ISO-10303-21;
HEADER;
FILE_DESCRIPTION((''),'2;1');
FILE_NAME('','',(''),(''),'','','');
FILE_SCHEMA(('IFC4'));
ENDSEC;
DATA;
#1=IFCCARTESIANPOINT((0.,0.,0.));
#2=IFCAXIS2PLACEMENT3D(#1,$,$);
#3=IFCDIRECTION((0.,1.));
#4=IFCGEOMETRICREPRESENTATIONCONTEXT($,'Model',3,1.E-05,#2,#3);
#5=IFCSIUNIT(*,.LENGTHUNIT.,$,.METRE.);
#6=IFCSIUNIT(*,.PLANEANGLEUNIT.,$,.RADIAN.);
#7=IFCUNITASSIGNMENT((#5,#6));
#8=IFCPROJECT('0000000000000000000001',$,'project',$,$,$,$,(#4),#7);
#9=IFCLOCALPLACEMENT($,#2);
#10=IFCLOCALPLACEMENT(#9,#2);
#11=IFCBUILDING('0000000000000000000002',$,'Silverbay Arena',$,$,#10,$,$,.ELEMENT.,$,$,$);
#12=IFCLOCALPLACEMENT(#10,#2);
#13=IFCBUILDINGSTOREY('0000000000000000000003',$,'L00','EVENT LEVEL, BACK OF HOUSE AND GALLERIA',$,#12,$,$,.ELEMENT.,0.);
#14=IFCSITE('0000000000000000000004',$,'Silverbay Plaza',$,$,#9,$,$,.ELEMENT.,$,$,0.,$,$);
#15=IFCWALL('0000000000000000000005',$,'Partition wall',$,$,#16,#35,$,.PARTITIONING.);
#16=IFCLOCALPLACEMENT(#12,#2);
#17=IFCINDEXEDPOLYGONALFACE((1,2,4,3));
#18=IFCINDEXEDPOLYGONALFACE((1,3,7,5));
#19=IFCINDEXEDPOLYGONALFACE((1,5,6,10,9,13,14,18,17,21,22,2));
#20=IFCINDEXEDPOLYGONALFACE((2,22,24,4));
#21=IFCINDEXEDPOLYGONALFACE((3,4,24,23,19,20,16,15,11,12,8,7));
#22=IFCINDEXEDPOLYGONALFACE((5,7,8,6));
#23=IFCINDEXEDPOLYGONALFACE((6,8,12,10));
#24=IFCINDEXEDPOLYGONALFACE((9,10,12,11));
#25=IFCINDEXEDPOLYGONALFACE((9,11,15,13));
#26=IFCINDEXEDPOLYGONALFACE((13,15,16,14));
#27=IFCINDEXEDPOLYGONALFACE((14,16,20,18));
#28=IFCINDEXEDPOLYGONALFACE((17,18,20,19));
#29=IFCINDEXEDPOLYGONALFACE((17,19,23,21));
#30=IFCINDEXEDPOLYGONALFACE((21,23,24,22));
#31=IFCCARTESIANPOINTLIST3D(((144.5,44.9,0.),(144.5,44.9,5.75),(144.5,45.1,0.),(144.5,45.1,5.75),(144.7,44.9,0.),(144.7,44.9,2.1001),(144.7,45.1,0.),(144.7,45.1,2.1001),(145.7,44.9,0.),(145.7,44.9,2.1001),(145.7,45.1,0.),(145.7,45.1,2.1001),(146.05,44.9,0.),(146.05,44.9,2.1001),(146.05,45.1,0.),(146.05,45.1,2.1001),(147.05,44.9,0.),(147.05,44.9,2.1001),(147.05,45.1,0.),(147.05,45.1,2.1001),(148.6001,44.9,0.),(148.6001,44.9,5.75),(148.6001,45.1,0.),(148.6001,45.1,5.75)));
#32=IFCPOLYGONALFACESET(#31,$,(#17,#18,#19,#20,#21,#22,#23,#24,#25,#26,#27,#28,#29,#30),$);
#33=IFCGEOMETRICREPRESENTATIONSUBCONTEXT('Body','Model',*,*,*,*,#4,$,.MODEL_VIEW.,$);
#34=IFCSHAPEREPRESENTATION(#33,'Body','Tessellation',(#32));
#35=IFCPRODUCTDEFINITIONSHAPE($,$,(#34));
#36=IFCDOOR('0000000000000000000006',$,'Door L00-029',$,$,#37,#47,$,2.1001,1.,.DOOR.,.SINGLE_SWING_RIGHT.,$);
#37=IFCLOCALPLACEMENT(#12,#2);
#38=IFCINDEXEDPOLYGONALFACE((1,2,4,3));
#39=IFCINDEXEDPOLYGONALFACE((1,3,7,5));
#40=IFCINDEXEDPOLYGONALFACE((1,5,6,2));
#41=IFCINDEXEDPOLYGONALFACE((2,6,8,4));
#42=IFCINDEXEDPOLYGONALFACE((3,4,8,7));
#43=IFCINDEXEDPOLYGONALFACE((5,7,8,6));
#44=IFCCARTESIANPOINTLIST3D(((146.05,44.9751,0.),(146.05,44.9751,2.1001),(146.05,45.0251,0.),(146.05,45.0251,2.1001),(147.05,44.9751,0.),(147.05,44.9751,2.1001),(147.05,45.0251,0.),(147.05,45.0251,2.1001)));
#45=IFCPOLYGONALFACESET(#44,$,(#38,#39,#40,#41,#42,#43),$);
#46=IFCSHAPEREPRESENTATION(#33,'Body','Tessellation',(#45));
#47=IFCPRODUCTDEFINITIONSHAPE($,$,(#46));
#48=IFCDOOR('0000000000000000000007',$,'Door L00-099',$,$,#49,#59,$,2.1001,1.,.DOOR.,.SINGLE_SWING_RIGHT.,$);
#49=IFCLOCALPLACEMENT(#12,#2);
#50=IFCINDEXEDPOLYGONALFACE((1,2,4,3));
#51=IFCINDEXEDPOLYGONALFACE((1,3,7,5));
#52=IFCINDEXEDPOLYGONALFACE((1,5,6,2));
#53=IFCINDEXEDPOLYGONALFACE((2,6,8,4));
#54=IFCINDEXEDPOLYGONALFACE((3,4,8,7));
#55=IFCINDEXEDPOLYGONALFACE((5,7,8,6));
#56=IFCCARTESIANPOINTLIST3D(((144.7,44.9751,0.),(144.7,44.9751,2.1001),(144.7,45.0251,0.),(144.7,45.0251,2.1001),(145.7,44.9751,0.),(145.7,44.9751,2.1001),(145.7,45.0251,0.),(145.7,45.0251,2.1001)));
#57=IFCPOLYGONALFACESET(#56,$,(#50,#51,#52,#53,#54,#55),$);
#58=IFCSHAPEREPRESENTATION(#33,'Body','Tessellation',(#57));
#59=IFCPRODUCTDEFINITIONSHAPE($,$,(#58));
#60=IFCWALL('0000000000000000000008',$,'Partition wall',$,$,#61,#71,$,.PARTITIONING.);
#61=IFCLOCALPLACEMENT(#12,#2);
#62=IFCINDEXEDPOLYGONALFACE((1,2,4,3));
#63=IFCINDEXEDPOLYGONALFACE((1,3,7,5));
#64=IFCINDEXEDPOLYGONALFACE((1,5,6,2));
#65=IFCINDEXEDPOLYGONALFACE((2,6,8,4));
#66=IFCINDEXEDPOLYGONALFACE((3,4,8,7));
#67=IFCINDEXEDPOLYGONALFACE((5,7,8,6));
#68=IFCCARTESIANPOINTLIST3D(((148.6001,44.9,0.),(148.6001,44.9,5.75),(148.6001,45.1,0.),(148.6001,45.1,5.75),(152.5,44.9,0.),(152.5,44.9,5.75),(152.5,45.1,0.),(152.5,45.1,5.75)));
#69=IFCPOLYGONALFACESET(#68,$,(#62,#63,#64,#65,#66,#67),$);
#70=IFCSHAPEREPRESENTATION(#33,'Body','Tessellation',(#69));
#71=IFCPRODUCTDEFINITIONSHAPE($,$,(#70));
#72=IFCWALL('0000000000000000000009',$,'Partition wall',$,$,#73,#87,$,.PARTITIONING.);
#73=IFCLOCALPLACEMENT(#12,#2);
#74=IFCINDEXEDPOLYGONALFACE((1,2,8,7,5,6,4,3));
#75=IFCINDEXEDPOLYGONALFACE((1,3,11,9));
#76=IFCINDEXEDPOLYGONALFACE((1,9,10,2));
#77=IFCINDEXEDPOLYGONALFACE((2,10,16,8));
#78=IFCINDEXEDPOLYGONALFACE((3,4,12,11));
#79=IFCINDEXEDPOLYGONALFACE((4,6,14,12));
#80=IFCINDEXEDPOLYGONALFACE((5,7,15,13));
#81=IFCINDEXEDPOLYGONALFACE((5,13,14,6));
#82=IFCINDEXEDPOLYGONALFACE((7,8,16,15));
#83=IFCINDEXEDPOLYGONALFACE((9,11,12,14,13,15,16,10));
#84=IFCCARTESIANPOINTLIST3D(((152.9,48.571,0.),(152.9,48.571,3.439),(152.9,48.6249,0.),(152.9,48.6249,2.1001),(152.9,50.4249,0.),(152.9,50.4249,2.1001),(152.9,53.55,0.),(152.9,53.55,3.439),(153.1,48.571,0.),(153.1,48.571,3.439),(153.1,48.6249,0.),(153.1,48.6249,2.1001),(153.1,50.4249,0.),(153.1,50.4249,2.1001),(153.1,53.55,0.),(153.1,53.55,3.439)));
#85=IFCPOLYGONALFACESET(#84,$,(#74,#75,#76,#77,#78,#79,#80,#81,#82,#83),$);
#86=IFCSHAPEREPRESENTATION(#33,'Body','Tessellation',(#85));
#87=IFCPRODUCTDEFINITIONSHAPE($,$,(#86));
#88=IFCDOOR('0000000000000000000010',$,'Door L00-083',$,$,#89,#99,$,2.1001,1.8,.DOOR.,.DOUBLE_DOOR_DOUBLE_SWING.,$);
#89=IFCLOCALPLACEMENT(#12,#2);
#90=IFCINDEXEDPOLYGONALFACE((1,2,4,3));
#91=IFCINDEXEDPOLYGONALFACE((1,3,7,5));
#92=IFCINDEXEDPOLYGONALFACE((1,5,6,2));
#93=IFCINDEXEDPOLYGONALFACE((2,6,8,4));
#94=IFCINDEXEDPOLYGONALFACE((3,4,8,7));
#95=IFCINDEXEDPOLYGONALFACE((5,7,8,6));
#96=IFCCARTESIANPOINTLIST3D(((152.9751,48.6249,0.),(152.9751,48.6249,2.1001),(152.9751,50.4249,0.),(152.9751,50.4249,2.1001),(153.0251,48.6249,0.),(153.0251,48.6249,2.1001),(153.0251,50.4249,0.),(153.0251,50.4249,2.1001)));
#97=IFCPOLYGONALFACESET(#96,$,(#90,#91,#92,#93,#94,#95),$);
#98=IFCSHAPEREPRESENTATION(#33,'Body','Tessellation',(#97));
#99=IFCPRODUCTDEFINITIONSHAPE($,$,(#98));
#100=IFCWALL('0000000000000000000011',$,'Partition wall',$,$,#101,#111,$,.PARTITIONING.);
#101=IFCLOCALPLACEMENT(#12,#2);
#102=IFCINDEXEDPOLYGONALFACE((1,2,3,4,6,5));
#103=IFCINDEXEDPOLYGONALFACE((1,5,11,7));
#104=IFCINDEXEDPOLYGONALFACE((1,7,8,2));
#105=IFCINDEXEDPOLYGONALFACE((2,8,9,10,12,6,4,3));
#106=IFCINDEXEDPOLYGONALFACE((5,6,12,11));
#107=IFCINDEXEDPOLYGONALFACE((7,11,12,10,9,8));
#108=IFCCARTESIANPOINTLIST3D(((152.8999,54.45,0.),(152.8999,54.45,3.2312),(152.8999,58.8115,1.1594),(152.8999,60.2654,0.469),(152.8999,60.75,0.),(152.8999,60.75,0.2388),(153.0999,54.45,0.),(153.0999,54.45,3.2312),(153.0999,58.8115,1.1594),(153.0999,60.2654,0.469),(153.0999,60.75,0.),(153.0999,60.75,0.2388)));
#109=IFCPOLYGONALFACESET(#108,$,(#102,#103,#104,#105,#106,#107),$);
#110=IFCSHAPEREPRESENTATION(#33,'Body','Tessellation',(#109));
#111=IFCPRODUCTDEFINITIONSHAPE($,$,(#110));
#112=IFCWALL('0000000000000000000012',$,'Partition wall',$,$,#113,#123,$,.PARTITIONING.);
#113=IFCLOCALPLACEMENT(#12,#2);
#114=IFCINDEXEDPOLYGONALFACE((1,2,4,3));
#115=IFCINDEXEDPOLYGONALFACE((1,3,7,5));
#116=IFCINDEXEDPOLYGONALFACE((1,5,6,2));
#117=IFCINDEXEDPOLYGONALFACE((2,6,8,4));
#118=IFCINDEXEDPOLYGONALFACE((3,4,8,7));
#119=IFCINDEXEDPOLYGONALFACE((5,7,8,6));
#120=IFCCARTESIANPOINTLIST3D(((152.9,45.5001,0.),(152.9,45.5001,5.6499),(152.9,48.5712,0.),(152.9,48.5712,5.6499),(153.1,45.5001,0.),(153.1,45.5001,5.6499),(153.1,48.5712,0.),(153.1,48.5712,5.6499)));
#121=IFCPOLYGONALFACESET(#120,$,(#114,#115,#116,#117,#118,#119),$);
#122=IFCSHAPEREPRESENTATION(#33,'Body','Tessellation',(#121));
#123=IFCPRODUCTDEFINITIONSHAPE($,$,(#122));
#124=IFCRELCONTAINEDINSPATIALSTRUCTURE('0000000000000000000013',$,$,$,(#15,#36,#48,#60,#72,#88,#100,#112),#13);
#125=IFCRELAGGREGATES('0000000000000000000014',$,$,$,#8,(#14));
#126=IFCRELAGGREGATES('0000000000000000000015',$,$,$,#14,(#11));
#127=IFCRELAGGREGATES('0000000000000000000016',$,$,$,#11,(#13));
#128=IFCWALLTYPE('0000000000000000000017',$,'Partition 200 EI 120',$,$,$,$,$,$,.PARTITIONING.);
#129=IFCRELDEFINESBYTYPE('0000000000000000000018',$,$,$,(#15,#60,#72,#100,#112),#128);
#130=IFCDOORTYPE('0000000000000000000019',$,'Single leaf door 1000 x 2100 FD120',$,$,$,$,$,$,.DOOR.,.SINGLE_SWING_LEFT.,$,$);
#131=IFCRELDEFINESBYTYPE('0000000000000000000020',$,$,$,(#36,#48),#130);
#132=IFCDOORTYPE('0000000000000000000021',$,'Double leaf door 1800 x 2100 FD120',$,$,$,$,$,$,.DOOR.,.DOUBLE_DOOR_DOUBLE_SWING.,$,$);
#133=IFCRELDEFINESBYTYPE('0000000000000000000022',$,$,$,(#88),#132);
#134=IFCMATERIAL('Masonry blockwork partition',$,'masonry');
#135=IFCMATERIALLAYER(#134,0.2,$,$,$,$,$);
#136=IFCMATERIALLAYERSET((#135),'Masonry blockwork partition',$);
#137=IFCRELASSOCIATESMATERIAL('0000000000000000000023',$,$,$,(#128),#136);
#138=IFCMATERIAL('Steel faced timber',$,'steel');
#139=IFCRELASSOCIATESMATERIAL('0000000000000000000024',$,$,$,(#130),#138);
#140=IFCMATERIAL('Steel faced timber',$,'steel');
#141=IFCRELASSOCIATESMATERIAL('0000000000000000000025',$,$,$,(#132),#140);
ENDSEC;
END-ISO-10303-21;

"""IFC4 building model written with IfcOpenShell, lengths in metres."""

from ifc_helpers import new_model, si_unit, direction, frame, frame_2d, origin, place, context, subcontext, project, spatial, polyline, rectangle, outline, extrude, material, layer, layer_set, type_object, element, fill, save


model = new_model("IFC4")

# Units and contexts
model_context = context("Model", 3, precision=1e-05, world=origin(), true_north=direction((0.0, 1.0)))
body_context = subcontext(model_context, "Body", "Model", "MODEL_VIEW")
ifc_project = project(units=[si_unit("LENGTHUNIT", "METRE"), si_unit("PLANEANGLEUNIT", "RADIAN")], contexts=[model_context])

# Site, building, storey
site_placement = place(None, origin())
site = spatial("IfcSite", under=ifc_project, at=site_placement, Name="Silverbay Plaza", CompositionType="ELEMENT", RefElevation=0.0)
building_placement = place(site_placement, origin())
building = spatial("IfcBuilding", under=site, at=building_placement, Name="Silverbay Arena", CompositionType="ELEMENT")
storey_placement = place(building_placement, origin())
storey = spatial("IfcBuildingStorey", under=building, at=storey_placement, Name="L00", Description="EVENT LEVEL, BACK OF HOUSE AND GALLERIA", CompositionType="ELEMENT", Elevation=0.0)

# Wall, openings, doors
ifc_material_1 = material(Name="Masonry blockwork partition", Category="masonry")
ifc_layer_1 = layer(ifc_material_1, 0.2)
ifc_layer_set_1 = layer_set([ifc_layer_1], Name="Masonry blockwork partition")
wall_type_1 = type_object("IfcWallType", Name="Partition 200 EI 120", PredefinedType="PARTITIONING", material=ifc_layer_set_1)
wall_1_placement = place(storey_placement, frame((144.5, 45.0, 0.0), z_axis=(0.0, 0.0, 1.0), x_axis=(1.0, 0.0, 0.0)))
wall_1 = element("IfcWall", 1, at=wall_1_placement, inside=storey, type_object=wall_type_1, Name="Partition wall", PredefinedType="PARTITIONING", context=body_context, shape_type="SweptSolid", body=[
    extrude(rectangle(XDim=4.1001, YDim=0.2, at=frame_2d((2.05, 0.0))), origin(), (0.0, 0.0, 1.0), 5.75),
])
opening_1_placement = place(wall_1_placement, frame((1.55, 0.0, 0.0)))
opening_1 = element("IfcOpeningElement", 2, at=opening_1_placement, cuts=wall_1, PredefinedType="OPENING", context=body_context, shape_type="SweptSolid", body=[
    extrude(rectangle(XDim=1.0, YDim=2.1001, at=frame_2d((0.5, 1.05))), frame((0.0, 0.1099, 0.0), z_axis=(0.0, -1.0, 0.0), x_axis=(1.0, 0.0, 0.0)), (0.0, 0.0, 1.0), 0.22),
])
opening_2_placement = place(wall_1_placement, frame((0.2, 0.0, 0.0)))
opening_2 = element("IfcOpeningElement", 3, at=opening_2_placement, cuts=wall_1, PredefinedType="OPENING", context=body_context, shape_type="SweptSolid", body=[
    extrude(rectangle(XDim=1.0, YDim=2.1001, at=frame_2d((0.5, 1.05))), frame((0.0, 0.1099, 0.0), z_axis=(0.0, -1.0, 0.0), x_axis=(1.0, 0.0, 0.0)), (0.0, 0.0, 1.0), 0.22),
])
ifc_material_2 = material(Name="Steel faced timber", Category="steel")
door_type_1 = type_object("IfcDoorType", Name="Single leaf door 1000 x 2100 FD120", OperationType="SINGLE_SWING_LEFT", PredefinedType="DOOR", material=ifc_material_2)
door_1_placement = place(opening_1_placement, frame((1.0, 0.0, 0.0), z_axis=(0.0, 0.0, 1.0), x_axis=(-1.0, 0.0, 0.0)))
door_1 = element("IfcDoor", 4, at=door_1_placement, inside=storey, type_object=door_type_1, Name="Door L00-029", OperationType="SINGLE_SWING_RIGHT", OverallHeight=2.1001, OverallWidth=1.0, PredefinedType="DOOR", context=body_context, shape_type="SweptSolid", body=[
    extrude(rectangle(XDim=1.0, YDim=2.1001, at=frame_2d((0.5, 1.05))), frame((0.0, 0.0249, 0.0), z_axis=(0.0, -1.0, 0.0), x_axis=(1.0, 0.0, 0.0)), (0.0, 0.0, 1.0), 0.05),
])
fill(opening_1, door_1)
door_2_placement = place(opening_2_placement, frame((1.0, 0.0, 0.0), z_axis=(0.0, 0.0, 1.0), x_axis=(-1.0, 0.0, 0.0)))
door_2 = element("IfcDoor", 5, at=door_2_placement, inside=storey, type_object=door_type_1, Name="Door L00-099", OperationType="SINGLE_SWING_RIGHT", OverallHeight=2.1001, OverallWidth=1.0, PredefinedType="DOOR", context=body_context, shape_type="SweptSolid", body=[
    extrude(rectangle(XDim=1.0, YDim=2.1001, at=frame_2d((0.5, 1.05))), frame((0.0, 0.0249, 0.0), z_axis=(0.0, -1.0, 0.0), x_axis=(1.0, 0.0, 0.0)), (0.0, 0.0, 1.0), 0.05),
])
fill(opening_2, door_2)

# Wall
wall_2_placement = place(storey_placement, frame((148.6001, 45.0, 0.0), z_axis=(0.0, 0.0, 1.0), x_axis=(1.0, 0.0, 0.0)))
element("IfcWall", 6, at=wall_2_placement, inside=storey, type_object=wall_type_1, Name="Partition wall", PredefinedType="PARTITIONING", context=body_context, shape_type="SweptSolid", body=[
    extrude(rectangle(XDim=3.8999, YDim=0.2, at=frame_2d((1.95, 0.0))), origin(), (0.0, 0.0, 1.0), 5.75),
])

# Wall, opening, door
wall_3_placement = place(storey_placement, frame((153.0, 48.571, 0.0), z_axis=(0.0, 0.0, 1.0), x_axis=(0.0, 1.0, 0.0)))
wall_3 = element("IfcWall", 7, at=wall_3_placement, inside=storey, type_object=wall_type_1, Name="Partition wall", PredefinedType="PARTITIONING", context=body_context, shape_type="SweptSolid", body=[
    extrude(rectangle(XDim=4.979, YDim=0.2, at=frame_2d((2.4895, 0.0))), origin(), (0.0, 0.0, 1.0), 3.439),
])
opening_3_placement = place(wall_3_placement, frame((0.054, 0.0, 0.0)))
opening_3 = element("IfcOpeningElement", 8, at=opening_3_placement, cuts=wall_3, PredefinedType="OPENING", context=body_context, shape_type="SweptSolid", body=[
    extrude(rectangle(XDim=1.8, YDim=2.1001, at=frame_2d((0.8999, 1.05))), frame((0.0, 0.1099, 0.0), z_axis=(0.0, -1.0, 0.0), x_axis=(1.0, 0.0, 0.0)), (0.0, 0.0, 1.0), 0.22),
])
ifc_material_3 = material(Name="Steel faced timber", Category="steel")
door_type_2 = type_object("IfcDoorType", Name="Double leaf door 1800 x 2100 FD120", OperationType="DOUBLE_DOOR_DOUBLE_SWING", PredefinedType="DOOR", material=ifc_material_3)
door_3_placement = place(opening_3_placement, origin())
door_3 = element("IfcDoor", 9, at=door_3_placement, inside=storey, type_object=door_type_2, Name="Door L00-083", OperationType="DOUBLE_DOOR_DOUBLE_SWING", OverallHeight=2.1001, OverallWidth=1.8, PredefinedType="DOOR", context=body_context, shape_type="SweptSolid", body=[
    extrude(rectangle(XDim=1.8, YDim=2.1001, at=frame_2d((0.8999, 1.05))), frame((0.0, 0.0249, 0.0), z_axis=(0.0, -1.0, 0.0), x_axis=(1.0, 0.0, 0.0)), (0.0, 0.0, 1.0), 0.05),
])
fill(opening_3, door_3)

# Walls
wall_4_placement = place(storey_placement, frame((153.0, 54.45, 0.0), z_axis=(0.0, 0.0, 1.0), x_axis=(0.0, 1.0, 0.0)))
element("IfcWall", 10, at=wall_4_placement, inside=storey, type_object=wall_type_1, Name="Partition wall", PredefinedType="PARTITIONING", context=body_context, shape_type="SweptSolid", body=[
    extrude(outline(polyline([(0.0, 0.0), (6.3, 0.0), (6.3, 0.2388), (5.8154, 0.469), (4.3616, 1.1594), (0.0, 3.2312), (0.0, 0.0)])), frame((0.0, 0.1001, 0.0), z_axis=(0.0, -1.0, 0.0), x_axis=(1.0, 0.0, 0.0)), (0.0, 0.0, 1.0), 0.2),
])
wall_5_placement = place(storey_placement, frame((153.0, 45.5, 0.0), z_axis=(0.0, 0.0, 1.0), x_axis=(0.0, 1.0, 0.0)))
element("IfcWall", 11, at=wall_5_placement, inside=storey, type_object=wall_type_1, Name="Partition wall", PredefinedType="PARTITIONING", context=body_context, shape_type="SweptSolid", body=[
    extrude(rectangle(XDim=3.071, YDim=0.2, at=frame_2d((1.5356, 0.0))), origin(), (0.0, 0.0, 1.0), 5.6499),
])

save(model, "model.ifc")
